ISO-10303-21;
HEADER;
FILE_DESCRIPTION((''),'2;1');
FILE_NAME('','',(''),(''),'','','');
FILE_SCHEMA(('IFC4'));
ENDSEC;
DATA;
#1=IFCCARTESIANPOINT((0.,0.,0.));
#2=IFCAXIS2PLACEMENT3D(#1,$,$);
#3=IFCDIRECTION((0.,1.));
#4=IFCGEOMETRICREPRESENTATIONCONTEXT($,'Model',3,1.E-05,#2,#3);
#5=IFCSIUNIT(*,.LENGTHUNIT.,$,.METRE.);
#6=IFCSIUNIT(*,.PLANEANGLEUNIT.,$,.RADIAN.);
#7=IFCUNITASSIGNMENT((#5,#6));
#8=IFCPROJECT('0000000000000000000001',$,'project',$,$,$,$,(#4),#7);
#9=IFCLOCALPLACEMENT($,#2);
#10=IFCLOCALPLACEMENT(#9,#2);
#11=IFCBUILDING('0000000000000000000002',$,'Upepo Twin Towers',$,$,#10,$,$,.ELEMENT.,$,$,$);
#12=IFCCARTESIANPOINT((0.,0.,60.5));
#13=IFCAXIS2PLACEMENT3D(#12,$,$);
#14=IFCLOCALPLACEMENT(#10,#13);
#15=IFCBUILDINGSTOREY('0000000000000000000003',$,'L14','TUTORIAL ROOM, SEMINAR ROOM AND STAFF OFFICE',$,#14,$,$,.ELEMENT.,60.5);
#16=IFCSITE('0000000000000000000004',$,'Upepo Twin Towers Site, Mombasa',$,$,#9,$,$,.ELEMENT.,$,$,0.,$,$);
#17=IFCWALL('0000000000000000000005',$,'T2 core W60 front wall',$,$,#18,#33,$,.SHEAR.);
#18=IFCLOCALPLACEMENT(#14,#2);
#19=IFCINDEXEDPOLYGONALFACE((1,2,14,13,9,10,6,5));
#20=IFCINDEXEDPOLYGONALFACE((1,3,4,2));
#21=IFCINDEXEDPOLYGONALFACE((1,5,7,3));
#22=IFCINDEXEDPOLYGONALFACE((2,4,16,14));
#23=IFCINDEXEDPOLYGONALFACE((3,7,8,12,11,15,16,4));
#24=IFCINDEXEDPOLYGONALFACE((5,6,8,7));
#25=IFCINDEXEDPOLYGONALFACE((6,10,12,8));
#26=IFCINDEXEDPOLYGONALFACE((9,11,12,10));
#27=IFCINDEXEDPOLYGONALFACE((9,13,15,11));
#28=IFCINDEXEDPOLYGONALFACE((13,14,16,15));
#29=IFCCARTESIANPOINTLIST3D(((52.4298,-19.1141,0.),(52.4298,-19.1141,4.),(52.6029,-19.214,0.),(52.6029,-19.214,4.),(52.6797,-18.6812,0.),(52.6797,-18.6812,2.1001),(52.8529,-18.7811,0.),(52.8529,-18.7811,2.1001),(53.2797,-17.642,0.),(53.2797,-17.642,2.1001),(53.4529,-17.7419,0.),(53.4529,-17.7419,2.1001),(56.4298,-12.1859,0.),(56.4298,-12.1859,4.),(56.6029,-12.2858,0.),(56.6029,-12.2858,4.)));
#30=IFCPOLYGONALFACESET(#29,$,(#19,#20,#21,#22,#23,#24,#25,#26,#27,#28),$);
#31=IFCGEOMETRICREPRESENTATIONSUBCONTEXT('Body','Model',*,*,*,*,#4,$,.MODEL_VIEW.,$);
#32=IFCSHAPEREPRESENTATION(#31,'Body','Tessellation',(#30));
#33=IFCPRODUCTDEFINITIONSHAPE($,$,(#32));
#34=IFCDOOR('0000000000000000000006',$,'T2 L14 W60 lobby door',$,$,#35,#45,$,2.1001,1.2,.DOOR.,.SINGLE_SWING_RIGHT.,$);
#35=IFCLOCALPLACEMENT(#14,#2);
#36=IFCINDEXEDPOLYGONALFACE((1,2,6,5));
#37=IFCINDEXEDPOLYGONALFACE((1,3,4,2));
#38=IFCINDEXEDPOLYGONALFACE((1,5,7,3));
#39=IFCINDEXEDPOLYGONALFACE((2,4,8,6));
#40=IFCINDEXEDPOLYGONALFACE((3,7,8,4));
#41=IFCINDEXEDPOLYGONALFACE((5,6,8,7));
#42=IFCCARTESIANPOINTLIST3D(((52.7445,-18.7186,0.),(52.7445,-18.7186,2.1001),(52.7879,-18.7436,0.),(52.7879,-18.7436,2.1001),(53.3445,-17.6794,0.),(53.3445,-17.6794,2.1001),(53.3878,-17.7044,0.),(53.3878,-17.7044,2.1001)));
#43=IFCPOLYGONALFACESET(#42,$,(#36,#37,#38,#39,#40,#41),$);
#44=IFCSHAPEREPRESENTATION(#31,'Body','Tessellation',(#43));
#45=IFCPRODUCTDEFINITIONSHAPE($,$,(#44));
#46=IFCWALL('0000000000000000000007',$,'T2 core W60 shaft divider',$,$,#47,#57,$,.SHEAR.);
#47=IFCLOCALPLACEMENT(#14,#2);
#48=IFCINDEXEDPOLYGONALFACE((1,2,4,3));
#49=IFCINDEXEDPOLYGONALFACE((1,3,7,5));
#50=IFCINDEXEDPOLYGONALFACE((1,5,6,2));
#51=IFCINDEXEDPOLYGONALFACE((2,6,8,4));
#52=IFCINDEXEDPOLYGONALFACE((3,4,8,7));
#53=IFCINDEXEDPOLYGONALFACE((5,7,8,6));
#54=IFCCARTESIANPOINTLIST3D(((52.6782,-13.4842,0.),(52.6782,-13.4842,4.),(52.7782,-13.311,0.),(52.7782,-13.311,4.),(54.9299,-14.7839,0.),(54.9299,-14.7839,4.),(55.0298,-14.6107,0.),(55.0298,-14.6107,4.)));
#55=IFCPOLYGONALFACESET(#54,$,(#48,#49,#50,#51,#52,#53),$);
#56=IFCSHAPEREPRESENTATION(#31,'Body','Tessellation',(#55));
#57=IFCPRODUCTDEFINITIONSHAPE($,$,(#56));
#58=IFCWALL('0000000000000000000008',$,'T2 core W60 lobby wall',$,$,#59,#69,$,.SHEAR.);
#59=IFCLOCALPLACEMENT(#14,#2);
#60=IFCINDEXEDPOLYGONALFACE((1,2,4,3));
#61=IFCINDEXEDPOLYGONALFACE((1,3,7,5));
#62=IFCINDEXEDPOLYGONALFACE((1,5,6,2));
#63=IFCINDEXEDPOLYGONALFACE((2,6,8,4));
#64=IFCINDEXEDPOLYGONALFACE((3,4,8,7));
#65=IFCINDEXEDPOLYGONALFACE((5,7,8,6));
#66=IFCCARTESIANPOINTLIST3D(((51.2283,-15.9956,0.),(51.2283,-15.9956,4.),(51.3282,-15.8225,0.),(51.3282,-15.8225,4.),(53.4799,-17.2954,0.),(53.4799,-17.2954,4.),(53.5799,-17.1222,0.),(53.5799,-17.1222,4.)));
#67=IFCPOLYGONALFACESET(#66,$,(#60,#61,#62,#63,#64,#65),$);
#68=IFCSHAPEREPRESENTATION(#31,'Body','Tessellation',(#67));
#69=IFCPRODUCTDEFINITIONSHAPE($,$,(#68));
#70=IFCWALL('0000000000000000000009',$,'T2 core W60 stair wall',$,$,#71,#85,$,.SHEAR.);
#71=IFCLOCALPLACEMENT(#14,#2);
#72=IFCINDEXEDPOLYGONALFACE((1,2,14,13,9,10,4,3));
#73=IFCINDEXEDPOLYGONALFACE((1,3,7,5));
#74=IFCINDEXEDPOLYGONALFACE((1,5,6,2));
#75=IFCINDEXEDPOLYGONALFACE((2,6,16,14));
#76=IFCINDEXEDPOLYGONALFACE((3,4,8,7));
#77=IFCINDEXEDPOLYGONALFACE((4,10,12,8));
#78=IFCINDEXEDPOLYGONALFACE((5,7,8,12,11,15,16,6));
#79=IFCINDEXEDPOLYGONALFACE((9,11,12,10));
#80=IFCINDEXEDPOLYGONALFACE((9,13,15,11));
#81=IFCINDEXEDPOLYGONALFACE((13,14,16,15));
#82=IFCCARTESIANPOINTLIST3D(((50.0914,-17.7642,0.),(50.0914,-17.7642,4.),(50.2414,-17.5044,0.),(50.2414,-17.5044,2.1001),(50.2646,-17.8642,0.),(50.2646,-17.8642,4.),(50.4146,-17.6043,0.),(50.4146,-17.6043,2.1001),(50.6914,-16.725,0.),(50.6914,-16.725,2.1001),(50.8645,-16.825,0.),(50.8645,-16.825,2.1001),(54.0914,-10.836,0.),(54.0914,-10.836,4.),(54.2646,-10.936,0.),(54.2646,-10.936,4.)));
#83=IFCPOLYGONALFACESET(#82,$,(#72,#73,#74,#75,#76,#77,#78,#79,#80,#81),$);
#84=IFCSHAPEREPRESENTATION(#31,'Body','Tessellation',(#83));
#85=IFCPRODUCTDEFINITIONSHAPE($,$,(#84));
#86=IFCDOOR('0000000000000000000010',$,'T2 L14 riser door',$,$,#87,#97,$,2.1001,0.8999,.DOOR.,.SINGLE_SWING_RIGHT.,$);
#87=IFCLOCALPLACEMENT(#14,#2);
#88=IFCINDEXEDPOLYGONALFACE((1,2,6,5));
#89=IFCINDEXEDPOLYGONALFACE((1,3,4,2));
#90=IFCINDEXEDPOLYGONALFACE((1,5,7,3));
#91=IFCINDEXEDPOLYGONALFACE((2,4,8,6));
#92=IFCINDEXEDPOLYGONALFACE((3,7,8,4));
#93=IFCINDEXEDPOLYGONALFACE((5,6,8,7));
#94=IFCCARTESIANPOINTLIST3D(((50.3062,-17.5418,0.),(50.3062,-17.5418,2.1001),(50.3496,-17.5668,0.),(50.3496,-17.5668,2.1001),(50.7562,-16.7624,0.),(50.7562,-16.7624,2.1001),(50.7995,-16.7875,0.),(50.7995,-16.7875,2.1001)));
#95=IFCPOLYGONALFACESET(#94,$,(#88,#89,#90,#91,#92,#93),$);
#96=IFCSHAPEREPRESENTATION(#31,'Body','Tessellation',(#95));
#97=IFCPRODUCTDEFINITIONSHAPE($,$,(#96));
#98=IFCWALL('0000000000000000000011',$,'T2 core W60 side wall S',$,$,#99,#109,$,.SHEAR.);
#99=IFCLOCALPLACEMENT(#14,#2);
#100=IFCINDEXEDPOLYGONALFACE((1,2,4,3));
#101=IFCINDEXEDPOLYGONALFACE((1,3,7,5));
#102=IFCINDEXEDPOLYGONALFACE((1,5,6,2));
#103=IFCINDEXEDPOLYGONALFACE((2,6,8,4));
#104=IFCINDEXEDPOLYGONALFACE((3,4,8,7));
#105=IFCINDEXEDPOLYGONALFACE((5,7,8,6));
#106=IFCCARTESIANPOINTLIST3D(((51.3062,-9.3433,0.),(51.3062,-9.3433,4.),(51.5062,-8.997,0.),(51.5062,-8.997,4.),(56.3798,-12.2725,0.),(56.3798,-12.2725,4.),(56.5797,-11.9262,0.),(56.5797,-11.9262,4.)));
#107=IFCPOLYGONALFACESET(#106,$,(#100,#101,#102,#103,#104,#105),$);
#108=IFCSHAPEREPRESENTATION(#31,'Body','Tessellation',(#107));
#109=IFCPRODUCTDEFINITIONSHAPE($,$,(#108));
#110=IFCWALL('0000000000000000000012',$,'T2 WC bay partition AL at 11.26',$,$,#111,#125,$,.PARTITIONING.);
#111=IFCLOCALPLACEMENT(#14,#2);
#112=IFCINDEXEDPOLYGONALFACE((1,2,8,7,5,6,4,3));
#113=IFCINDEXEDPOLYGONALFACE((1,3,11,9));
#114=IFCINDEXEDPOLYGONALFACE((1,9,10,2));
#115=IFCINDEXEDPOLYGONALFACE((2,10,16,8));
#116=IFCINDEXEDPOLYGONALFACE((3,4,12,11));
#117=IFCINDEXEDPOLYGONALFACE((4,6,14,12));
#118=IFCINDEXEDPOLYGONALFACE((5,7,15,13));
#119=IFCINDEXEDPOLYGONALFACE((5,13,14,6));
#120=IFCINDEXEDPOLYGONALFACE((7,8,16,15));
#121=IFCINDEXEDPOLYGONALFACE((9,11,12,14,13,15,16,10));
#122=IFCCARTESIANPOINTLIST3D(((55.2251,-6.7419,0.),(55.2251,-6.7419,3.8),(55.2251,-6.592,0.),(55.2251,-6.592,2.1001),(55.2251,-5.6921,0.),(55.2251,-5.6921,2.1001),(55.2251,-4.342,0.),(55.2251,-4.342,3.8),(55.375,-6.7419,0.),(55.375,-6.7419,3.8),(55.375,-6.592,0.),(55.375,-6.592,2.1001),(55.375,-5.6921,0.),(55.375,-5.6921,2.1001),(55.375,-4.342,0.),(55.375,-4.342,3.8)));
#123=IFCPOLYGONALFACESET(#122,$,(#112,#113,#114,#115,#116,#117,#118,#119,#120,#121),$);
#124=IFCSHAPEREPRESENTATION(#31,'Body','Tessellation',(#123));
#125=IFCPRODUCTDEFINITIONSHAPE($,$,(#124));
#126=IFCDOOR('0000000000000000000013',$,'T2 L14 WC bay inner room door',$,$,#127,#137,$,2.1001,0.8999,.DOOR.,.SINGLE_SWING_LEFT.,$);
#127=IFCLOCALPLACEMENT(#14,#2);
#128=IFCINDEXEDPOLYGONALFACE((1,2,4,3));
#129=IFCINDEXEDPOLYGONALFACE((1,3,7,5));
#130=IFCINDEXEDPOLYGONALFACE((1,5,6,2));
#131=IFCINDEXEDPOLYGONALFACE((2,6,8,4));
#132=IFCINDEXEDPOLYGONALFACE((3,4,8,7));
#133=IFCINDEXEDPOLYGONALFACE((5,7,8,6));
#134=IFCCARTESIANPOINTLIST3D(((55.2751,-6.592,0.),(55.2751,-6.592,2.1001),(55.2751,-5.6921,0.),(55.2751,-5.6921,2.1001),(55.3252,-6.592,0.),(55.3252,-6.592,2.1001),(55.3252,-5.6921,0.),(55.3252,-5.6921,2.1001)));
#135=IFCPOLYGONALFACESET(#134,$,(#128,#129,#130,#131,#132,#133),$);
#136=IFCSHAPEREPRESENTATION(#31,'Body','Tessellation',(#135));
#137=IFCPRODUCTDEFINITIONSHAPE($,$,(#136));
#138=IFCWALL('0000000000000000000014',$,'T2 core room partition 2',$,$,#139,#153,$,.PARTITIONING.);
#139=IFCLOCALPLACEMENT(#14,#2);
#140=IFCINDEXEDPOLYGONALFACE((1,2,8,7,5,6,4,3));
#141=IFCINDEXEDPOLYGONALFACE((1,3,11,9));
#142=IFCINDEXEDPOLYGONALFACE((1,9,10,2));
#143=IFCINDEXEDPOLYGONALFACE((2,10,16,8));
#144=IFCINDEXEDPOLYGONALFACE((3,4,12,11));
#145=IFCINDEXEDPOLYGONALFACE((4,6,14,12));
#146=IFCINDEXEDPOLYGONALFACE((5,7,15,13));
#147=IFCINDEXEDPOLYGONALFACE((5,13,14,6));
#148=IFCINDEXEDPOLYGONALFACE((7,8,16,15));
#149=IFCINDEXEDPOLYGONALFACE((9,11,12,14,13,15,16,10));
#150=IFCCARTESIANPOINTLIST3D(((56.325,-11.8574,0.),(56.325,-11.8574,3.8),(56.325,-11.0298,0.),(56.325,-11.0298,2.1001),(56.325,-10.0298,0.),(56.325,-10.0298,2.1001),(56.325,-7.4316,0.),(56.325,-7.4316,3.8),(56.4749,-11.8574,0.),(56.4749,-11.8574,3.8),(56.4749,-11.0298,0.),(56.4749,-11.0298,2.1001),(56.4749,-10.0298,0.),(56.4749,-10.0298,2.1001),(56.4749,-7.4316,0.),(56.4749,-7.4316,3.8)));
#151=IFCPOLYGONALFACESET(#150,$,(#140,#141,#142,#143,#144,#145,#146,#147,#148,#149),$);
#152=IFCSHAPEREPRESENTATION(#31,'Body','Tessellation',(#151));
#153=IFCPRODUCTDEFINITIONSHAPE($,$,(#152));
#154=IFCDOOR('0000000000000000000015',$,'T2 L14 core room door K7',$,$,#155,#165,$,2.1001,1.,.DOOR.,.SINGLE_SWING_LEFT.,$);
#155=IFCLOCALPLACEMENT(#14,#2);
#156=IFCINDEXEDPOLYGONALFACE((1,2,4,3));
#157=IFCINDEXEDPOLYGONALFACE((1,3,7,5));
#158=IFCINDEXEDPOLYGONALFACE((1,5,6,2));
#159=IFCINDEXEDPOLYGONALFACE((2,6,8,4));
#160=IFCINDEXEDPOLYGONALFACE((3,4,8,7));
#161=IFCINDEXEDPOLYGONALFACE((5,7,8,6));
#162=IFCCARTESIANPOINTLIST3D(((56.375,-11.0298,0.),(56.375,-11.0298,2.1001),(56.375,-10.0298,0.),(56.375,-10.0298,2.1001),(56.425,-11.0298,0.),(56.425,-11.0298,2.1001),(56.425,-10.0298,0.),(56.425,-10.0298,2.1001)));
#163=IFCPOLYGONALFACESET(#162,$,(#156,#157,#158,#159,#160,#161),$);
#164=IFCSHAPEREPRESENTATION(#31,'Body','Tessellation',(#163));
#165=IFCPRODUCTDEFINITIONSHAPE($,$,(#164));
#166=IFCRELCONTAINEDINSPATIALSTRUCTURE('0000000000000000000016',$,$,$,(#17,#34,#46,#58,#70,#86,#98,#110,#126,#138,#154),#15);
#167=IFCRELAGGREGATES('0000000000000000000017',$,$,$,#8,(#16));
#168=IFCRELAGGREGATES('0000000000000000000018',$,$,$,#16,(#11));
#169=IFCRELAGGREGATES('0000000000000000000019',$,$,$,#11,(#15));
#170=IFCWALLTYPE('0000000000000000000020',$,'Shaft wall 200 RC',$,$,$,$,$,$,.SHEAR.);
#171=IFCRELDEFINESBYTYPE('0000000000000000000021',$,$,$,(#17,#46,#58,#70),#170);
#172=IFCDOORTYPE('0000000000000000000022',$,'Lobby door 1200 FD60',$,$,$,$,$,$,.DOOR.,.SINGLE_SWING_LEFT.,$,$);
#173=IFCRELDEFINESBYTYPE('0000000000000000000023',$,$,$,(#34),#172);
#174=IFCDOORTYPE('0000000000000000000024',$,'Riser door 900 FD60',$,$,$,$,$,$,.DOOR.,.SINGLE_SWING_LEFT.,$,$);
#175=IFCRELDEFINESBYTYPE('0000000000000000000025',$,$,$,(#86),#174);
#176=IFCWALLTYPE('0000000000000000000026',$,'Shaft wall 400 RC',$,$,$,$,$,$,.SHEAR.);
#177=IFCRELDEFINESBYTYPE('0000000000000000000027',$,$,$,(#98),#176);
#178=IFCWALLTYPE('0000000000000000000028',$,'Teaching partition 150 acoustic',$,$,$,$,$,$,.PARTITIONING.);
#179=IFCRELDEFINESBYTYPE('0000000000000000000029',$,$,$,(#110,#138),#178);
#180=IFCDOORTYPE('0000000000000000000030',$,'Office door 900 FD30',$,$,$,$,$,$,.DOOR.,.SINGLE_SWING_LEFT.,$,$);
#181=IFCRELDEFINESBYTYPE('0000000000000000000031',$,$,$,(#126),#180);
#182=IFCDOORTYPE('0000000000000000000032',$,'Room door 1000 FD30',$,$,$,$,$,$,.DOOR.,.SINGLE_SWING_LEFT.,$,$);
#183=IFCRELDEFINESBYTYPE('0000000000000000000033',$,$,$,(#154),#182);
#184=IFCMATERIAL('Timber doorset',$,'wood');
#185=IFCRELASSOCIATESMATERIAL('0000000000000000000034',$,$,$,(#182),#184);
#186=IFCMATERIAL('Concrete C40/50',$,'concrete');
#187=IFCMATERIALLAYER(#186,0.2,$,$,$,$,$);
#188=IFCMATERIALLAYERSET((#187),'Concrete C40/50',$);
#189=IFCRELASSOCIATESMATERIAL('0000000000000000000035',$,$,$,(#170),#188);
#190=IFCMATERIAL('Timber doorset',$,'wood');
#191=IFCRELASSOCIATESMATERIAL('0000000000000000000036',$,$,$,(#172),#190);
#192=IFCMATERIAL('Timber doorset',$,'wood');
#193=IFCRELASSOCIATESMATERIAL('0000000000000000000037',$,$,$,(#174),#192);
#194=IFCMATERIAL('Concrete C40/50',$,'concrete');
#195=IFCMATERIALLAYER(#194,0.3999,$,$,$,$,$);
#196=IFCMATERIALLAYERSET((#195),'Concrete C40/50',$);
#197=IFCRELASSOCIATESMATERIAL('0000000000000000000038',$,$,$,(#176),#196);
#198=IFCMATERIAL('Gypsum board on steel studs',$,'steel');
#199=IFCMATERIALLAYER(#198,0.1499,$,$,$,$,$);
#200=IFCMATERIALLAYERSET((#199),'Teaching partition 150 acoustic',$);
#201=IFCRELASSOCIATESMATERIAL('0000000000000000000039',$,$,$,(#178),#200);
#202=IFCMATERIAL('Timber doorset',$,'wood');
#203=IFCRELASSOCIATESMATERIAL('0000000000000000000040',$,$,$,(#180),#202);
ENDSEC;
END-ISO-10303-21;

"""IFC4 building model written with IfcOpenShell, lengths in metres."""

from ifc_helpers import new_model, si_unit, direction, frame, frame_2d, origin, place, context, subcontext, project, spatial, rectangle, extrude, material, layer, layer_set, type_object, element, fill, save


model = new_model("IFC4")

# Units and contexts
model_context = context("Model", 3, precision=1e-05, world=origin(), true_north=direction((0.0, 1.0)))
body_context = subcontext(model_context, "Body", "Model", "MODEL_VIEW")
ifc_project = project(units=[si_unit("LENGTHUNIT", "METRE"), si_unit("PLANEANGLEUNIT", "RADIAN")], contexts=[model_context])

# Site, building, storey
site_placement = place(None, origin())
site = spatial("IfcSite", under=ifc_project, at=site_placement, Name="Upepo Twin Towers Site, Mombasa", CompositionType="ELEMENT", RefElevation=0.0)
building_placement = place(site_placement, origin())
building = spatial("IfcBuilding", under=site, at=building_placement, Name="Upepo Twin Towers", CompositionType="ELEMENT")
storey_placement = place(building_placement, frame((0.0, 0.0, 60.5)))
storey = spatial("IfcBuildingStorey", under=building, at=storey_placement, Name="L14", Description="TUTORIAL ROOM, SEMINAR ROOM AND STAFF OFFICE", CompositionType="ELEMENT", Elevation=60.5)

# Shared definitions
ifc_material_1 = material(Name="Timber doorset", Category="wood")
door_type_1 = type_object("IfcDoorType", Name="Room door 1000 FD30", OperationType="SINGLE_SWING_LEFT", PredefinedType="DOOR", material=ifc_material_1)

# Wall, opening, door
ifc_material_2 = material(Name="Concrete C40/50", Category="concrete")
ifc_layer_1 = layer(ifc_material_2, 0.2)
ifc_layer_set_1 = layer_set([ifc_layer_1], Name="Concrete C40/50")
wall_type_1 = type_object("IfcWallType", Name="Shaft wall 200 RC", PredefinedType="SHEAR", material=ifc_layer_set_1)
wall_1_placement = place(storey_placement, frame((56.5164, -12.2358, 0.0), z_axis=(0.0, 0.0, 1.0), x_axis=(-0.499999, -0.866026, 0.0)))
wall_1 = element("IfcWall", 1, at=wall_1_placement, inside=storey, type_object=wall_type_1, Name="T2 core W60 front wall", PredefinedType="SHEAR", context=body_context, shape_type="SweptSolid", body=[
    extrude(rectangle(XDim=8.0, YDim=0.2, at=frame_2d((4.0, 0.0))), origin(), (0.0, 0.0, 1.0), 4.0),
])
opening_1_placement = place(wall_1_placement, frame((6.3, 0.0, 0.0)))
opening_1 = element("IfcOpeningElement", 2, at=opening_1_placement, cuts=wall_1, PredefinedType="OPENING", context=body_context, shape_type="SweptSolid", body=[
    extrude(rectangle(XDim=1.2, YDim=2.1001, at=frame_2d((0.6001, 1.05))), frame((0.0, 0.1099, 0.0), z_axis=(0.0, -1.0, 0.0), x_axis=(1.0, 0.0, 0.0)), (0.0, 0.0, 1.0), 0.22),
])
ifc_material_3 = material(Name="Timber doorset", Category="wood")
door_type_2 = type_object("IfcDoorType", Name="Lobby door 1200 FD60", OperationType="SINGLE_SWING_LEFT", PredefinedType="DOOR", material=ifc_material_3)
door_1_placement = place(opening_1_placement, origin())
door_1 = element("IfcDoor", 3, at=door_1_placement, inside=storey, type_object=door_type_2, Name="T2 L14 W60 lobby door", OperationType="SINGLE_SWING_RIGHT", OverallHeight=2.1001, OverallWidth=1.2, PredefinedType="DOOR", context=body_context, shape_type="SweptSolid", body=[
    extrude(rectangle(XDim=1.2, YDim=2.1001, at=frame_2d((0.6001, 1.05))), frame((0.0, 0.0249, 0.0), z_axis=(0.0, -1.0, 0.0), x_axis=(1.0, 0.0, 0.0)), (0.0, 0.0, 1.0), 0.05),
])
fill(opening_1, door_1)

# Walls
for number, where, z_axis, x_axis, name in (
    (4, (54.9797, -14.6973, 0.0), (0.0, 0.0, 1.0), (-0.866062, 0.499937, 0.0), "T2 core W60 shaft divider"),
    (5, (53.5298, -17.2087, 0.0), (0.0, 0.0, 1.0), (-0.866062, 0.499937, 0.0), "T2 core W60 lobby wall"),
):
    element("IfcWall", number, at=place(storey_placement, frame(where, z_axis=z_axis, x_axis=x_axis)), inside=storey, type_object=wall_type_1, Name=name, PredefinedType="SHEAR", context=body_context, shape_type="SweptSolid", body=[
        extrude(rectangle(XDim=2.5999, YDim=0.2, at=frame_2d((1.2998, 0.0))), origin(), (0.0, 0.0, 1.0), 4.0),
    ])

# Wall, opening, door
wall_2_placement = place(storey_placement, frame((54.178, -10.886, 0.0), z_axis=(0.0, 0.0, 1.0), x_axis=(-0.499999, -0.866026, 0.0)))
wall_2 = element("IfcWall", 6, at=wall_2_placement, inside=storey, type_object=wall_type_1, Name="T2 core W60 stair wall", PredefinedType="SHEAR", context=body_context, shape_type="SweptSolid", body=[
    extrude(rectangle(XDim=8.0, YDim=0.2, at=frame_2d((4.0, 0.0))), origin(), (0.0, 0.0, 1.0), 4.0),
])
opening_2_placement = place(wall_2_placement, frame((6.8, 0.0, 0.0)))
opening_2 = element("IfcOpeningElement", 7, at=opening_2_placement, cuts=wall_2, PredefinedType="OPENING", context=body_context, shape_type="SweptSolid", body=[
    extrude(rectangle(XDim=0.8999, YDim=2.1001, at=frame_2d((0.45, 1.05))), frame((0.0, 0.1099, 0.0), z_axis=(0.0, -1.0, 0.0), x_axis=(1.0, 0.0, 0.0)), (0.0, 0.0, 1.0), 0.22),
])
ifc_material_4 = material(Name="Timber doorset", Category="wood")
door_type_3 = type_object("IfcDoorType", Name="Riser door 900 FD60", OperationType="SINGLE_SWING_LEFT", PredefinedType="DOOR", material=ifc_material_4)
door_2_placement = place(opening_2_placement, origin())
door_2 = element("IfcDoor", 8, at=door_2_placement, inside=storey, type_object=door_type_3, Name="T2 L14 riser door", OperationType="SINGLE_SWING_RIGHT", OverallHeight=2.1001, OverallWidth=0.8999, PredefinedType="DOOR", context=body_context, shape_type="SweptSolid", body=[
    extrude(rectangle(XDim=0.8999, YDim=2.1001, at=frame_2d((0.45, 1.05))), frame((0.0, 0.0249, 0.0), z_axis=(0.0, -1.0, 0.0), x_axis=(1.0, 0.0, 0.0)), (0.0, 0.0, 1.0), 0.05),
])
fill(opening_2, door_2)

# Wall
ifc_material_5 = material(Name="Concrete C40/50", Category="concrete")
ifc_layer_2 = layer(ifc_material_5, 0.3999)
ifc_layer_set_2 = layer_set([ifc_layer_2], Name="Concrete C40/50")
wall_type_2 = type_object("IfcWallType", Name="Shaft wall 400 RC", PredefinedType="SHEAR", material=ifc_layer_set_2)
wall_3_placement = place(storey_placement, frame((56.4797, -12.0994, 0.0), z_axis=(0.0, 0.0, 1.0), x_axis=(-0.866024, 0.500003, 0.0)))
element("IfcWall", 9, at=wall_3_placement, inside=storey, type_object=wall_type_2, Name="T2 core W60 side wall S", PredefinedType="SHEAR", context=body_context, shape_type="SweptSolid", body=[
    extrude(rectangle(XDim=5.8584, YDim=0.3999, at=frame_2d((2.9292, 0.0))), origin(), (0.0, 0.0, 1.0), 4.0),
])

# Walls, openings, doors
ifc_material_6 = material(Name="Gypsum board on steel studs", Category="steel")
ifc_layer_3 = layer(ifc_material_6, 0.1499)
ifc_layer_set_3 = layer_set([ifc_layer_3], Name="Teaching partition 150 acoustic")
wall_type_3 = type_object("IfcWallType", Name="Teaching partition 150 acoustic", PredefinedType="PARTITIONING", material=ifc_layer_set_3)
wall_4_placement = place(storey_placement, frame((55.3, -6.7419, 0.0), z_axis=(0.0, 0.0, 1.0), x_axis=(0.0, 1.0, 0.0)))
wall_4 = element("IfcWall", 10, at=wall_4_placement, inside=storey, type_object=wall_type_3, Name="T2 WC bay partition AL at 11.26", PredefinedType="PARTITIONING", context=body_context, shape_type="SweptSolid", body=[
    extrude(rectangle(XDim=2.3999, YDim=0.1499, at=frame_2d((1.2, 0.0))), origin(), (0.0, 0.0, 1.0), 3.8),
])
opening_3_placement = place(wall_4_placement, frame((0.1499, 0.0, 0.0)))
opening_3 = element("IfcOpeningElement", 11, at=opening_3_placement, cuts=wall_4, PredefinedType="OPENING", context=body_context, shape_type="SweptSolid", body=[
    extrude(rectangle(XDim=0.8999, YDim=2.1001, at=frame_2d((0.45, 1.05))), frame((0.0, 0.085, 0.0), z_axis=(0.0, -1.0, 0.0), x_axis=(1.0, 0.0, 0.0)), (0.0, 0.0, 1.0), 0.1699),
])
ifc_material_7 = material(Name="Timber doorset", Category="wood")
door_type_4 = type_object("IfcDoorType", Name="Office door 900 FD30", OperationType="SINGLE_SWING_LEFT", PredefinedType="DOOR", material=ifc_material_7)
door_3_placement = place(opening_3_placement, origin())
door_3 = element("IfcDoor", 12, at=door_3_placement, inside=storey, type_object=door_type_4, Name="T2 L14 WC bay inner room door", OperationType="SINGLE_SWING_LEFT", OverallHeight=2.1001, OverallWidth=0.8999, PredefinedType="DOOR", context=body_context, shape_type="SweptSolid", body=[
    extrude(rectangle(XDim=0.8999, YDim=2.1001, at=frame_2d((0.45, 1.05))), frame((0.0, 0.0249, 0.0), z_axis=(0.0, -1.0, 0.0), x_axis=(1.0, 0.0, 0.0)), (0.0, 0.0, 1.0), 0.05),
])
fill(opening_3, door_3)
wall_5_placement = place(storey_placement, frame((56.3999, -11.8574, 0.0), z_axis=(0.0, 0.0, 1.0), x_axis=(0.0, 1.0, 0.0)))
wall_5 = element("IfcWall", 13, at=wall_5_placement, inside=storey, type_object=wall_type_3, Name="T2 core room partition 2", PredefinedType="PARTITIONING", context=body_context, shape_type="SweptSolid", body=[
    extrude(rectangle(XDim=4.4258, YDim=0.1499, at=frame_2d((2.2129, 0.0))), origin(), (0.0, 0.0, 1.0), 3.8),
])
opening_4_placement = place(wall_5_placement, frame((0.8276, 0.0, 0.0)))
opening_4 = element("IfcOpeningElement", 14, at=opening_4_placement, cuts=wall_5, PredefinedType="OPENING", context=body_context, shape_type="SweptSolid", body=[
    extrude(rectangle(XDim=1.0, YDim=2.1001, at=frame_2d((0.5, 1.05))), frame((0.0, 0.085, 0.0), z_axis=(0.0, -1.0, 0.0), x_axis=(1.0, 0.0, 0.0)), (0.0, 0.0, 1.0), 0.1699),
])
door_4_placement = place(opening_4_placement, origin())
door_4 = element("IfcDoor", 15, at=door_4_placement, inside=storey, type_object=door_type_1, Name="T2 L14 core room door K7", OperationType="SINGLE_SWING_LEFT", OverallHeight=2.1001, OverallWidth=1.0, PredefinedType="DOOR", context=body_context, shape_type="SweptSolid", body=[
    extrude(rectangle(XDim=1.0, YDim=2.1001, at=frame_2d((0.5, 1.05))), frame((0.0, 0.0249, 0.0), z_axis=(0.0, -1.0, 0.0), x_axis=(1.0, 0.0, 0.0)), (0.0, 0.0, 1.0), 0.05),
])
fill(opening_4, door_4)

save(model, "model.ifc")
